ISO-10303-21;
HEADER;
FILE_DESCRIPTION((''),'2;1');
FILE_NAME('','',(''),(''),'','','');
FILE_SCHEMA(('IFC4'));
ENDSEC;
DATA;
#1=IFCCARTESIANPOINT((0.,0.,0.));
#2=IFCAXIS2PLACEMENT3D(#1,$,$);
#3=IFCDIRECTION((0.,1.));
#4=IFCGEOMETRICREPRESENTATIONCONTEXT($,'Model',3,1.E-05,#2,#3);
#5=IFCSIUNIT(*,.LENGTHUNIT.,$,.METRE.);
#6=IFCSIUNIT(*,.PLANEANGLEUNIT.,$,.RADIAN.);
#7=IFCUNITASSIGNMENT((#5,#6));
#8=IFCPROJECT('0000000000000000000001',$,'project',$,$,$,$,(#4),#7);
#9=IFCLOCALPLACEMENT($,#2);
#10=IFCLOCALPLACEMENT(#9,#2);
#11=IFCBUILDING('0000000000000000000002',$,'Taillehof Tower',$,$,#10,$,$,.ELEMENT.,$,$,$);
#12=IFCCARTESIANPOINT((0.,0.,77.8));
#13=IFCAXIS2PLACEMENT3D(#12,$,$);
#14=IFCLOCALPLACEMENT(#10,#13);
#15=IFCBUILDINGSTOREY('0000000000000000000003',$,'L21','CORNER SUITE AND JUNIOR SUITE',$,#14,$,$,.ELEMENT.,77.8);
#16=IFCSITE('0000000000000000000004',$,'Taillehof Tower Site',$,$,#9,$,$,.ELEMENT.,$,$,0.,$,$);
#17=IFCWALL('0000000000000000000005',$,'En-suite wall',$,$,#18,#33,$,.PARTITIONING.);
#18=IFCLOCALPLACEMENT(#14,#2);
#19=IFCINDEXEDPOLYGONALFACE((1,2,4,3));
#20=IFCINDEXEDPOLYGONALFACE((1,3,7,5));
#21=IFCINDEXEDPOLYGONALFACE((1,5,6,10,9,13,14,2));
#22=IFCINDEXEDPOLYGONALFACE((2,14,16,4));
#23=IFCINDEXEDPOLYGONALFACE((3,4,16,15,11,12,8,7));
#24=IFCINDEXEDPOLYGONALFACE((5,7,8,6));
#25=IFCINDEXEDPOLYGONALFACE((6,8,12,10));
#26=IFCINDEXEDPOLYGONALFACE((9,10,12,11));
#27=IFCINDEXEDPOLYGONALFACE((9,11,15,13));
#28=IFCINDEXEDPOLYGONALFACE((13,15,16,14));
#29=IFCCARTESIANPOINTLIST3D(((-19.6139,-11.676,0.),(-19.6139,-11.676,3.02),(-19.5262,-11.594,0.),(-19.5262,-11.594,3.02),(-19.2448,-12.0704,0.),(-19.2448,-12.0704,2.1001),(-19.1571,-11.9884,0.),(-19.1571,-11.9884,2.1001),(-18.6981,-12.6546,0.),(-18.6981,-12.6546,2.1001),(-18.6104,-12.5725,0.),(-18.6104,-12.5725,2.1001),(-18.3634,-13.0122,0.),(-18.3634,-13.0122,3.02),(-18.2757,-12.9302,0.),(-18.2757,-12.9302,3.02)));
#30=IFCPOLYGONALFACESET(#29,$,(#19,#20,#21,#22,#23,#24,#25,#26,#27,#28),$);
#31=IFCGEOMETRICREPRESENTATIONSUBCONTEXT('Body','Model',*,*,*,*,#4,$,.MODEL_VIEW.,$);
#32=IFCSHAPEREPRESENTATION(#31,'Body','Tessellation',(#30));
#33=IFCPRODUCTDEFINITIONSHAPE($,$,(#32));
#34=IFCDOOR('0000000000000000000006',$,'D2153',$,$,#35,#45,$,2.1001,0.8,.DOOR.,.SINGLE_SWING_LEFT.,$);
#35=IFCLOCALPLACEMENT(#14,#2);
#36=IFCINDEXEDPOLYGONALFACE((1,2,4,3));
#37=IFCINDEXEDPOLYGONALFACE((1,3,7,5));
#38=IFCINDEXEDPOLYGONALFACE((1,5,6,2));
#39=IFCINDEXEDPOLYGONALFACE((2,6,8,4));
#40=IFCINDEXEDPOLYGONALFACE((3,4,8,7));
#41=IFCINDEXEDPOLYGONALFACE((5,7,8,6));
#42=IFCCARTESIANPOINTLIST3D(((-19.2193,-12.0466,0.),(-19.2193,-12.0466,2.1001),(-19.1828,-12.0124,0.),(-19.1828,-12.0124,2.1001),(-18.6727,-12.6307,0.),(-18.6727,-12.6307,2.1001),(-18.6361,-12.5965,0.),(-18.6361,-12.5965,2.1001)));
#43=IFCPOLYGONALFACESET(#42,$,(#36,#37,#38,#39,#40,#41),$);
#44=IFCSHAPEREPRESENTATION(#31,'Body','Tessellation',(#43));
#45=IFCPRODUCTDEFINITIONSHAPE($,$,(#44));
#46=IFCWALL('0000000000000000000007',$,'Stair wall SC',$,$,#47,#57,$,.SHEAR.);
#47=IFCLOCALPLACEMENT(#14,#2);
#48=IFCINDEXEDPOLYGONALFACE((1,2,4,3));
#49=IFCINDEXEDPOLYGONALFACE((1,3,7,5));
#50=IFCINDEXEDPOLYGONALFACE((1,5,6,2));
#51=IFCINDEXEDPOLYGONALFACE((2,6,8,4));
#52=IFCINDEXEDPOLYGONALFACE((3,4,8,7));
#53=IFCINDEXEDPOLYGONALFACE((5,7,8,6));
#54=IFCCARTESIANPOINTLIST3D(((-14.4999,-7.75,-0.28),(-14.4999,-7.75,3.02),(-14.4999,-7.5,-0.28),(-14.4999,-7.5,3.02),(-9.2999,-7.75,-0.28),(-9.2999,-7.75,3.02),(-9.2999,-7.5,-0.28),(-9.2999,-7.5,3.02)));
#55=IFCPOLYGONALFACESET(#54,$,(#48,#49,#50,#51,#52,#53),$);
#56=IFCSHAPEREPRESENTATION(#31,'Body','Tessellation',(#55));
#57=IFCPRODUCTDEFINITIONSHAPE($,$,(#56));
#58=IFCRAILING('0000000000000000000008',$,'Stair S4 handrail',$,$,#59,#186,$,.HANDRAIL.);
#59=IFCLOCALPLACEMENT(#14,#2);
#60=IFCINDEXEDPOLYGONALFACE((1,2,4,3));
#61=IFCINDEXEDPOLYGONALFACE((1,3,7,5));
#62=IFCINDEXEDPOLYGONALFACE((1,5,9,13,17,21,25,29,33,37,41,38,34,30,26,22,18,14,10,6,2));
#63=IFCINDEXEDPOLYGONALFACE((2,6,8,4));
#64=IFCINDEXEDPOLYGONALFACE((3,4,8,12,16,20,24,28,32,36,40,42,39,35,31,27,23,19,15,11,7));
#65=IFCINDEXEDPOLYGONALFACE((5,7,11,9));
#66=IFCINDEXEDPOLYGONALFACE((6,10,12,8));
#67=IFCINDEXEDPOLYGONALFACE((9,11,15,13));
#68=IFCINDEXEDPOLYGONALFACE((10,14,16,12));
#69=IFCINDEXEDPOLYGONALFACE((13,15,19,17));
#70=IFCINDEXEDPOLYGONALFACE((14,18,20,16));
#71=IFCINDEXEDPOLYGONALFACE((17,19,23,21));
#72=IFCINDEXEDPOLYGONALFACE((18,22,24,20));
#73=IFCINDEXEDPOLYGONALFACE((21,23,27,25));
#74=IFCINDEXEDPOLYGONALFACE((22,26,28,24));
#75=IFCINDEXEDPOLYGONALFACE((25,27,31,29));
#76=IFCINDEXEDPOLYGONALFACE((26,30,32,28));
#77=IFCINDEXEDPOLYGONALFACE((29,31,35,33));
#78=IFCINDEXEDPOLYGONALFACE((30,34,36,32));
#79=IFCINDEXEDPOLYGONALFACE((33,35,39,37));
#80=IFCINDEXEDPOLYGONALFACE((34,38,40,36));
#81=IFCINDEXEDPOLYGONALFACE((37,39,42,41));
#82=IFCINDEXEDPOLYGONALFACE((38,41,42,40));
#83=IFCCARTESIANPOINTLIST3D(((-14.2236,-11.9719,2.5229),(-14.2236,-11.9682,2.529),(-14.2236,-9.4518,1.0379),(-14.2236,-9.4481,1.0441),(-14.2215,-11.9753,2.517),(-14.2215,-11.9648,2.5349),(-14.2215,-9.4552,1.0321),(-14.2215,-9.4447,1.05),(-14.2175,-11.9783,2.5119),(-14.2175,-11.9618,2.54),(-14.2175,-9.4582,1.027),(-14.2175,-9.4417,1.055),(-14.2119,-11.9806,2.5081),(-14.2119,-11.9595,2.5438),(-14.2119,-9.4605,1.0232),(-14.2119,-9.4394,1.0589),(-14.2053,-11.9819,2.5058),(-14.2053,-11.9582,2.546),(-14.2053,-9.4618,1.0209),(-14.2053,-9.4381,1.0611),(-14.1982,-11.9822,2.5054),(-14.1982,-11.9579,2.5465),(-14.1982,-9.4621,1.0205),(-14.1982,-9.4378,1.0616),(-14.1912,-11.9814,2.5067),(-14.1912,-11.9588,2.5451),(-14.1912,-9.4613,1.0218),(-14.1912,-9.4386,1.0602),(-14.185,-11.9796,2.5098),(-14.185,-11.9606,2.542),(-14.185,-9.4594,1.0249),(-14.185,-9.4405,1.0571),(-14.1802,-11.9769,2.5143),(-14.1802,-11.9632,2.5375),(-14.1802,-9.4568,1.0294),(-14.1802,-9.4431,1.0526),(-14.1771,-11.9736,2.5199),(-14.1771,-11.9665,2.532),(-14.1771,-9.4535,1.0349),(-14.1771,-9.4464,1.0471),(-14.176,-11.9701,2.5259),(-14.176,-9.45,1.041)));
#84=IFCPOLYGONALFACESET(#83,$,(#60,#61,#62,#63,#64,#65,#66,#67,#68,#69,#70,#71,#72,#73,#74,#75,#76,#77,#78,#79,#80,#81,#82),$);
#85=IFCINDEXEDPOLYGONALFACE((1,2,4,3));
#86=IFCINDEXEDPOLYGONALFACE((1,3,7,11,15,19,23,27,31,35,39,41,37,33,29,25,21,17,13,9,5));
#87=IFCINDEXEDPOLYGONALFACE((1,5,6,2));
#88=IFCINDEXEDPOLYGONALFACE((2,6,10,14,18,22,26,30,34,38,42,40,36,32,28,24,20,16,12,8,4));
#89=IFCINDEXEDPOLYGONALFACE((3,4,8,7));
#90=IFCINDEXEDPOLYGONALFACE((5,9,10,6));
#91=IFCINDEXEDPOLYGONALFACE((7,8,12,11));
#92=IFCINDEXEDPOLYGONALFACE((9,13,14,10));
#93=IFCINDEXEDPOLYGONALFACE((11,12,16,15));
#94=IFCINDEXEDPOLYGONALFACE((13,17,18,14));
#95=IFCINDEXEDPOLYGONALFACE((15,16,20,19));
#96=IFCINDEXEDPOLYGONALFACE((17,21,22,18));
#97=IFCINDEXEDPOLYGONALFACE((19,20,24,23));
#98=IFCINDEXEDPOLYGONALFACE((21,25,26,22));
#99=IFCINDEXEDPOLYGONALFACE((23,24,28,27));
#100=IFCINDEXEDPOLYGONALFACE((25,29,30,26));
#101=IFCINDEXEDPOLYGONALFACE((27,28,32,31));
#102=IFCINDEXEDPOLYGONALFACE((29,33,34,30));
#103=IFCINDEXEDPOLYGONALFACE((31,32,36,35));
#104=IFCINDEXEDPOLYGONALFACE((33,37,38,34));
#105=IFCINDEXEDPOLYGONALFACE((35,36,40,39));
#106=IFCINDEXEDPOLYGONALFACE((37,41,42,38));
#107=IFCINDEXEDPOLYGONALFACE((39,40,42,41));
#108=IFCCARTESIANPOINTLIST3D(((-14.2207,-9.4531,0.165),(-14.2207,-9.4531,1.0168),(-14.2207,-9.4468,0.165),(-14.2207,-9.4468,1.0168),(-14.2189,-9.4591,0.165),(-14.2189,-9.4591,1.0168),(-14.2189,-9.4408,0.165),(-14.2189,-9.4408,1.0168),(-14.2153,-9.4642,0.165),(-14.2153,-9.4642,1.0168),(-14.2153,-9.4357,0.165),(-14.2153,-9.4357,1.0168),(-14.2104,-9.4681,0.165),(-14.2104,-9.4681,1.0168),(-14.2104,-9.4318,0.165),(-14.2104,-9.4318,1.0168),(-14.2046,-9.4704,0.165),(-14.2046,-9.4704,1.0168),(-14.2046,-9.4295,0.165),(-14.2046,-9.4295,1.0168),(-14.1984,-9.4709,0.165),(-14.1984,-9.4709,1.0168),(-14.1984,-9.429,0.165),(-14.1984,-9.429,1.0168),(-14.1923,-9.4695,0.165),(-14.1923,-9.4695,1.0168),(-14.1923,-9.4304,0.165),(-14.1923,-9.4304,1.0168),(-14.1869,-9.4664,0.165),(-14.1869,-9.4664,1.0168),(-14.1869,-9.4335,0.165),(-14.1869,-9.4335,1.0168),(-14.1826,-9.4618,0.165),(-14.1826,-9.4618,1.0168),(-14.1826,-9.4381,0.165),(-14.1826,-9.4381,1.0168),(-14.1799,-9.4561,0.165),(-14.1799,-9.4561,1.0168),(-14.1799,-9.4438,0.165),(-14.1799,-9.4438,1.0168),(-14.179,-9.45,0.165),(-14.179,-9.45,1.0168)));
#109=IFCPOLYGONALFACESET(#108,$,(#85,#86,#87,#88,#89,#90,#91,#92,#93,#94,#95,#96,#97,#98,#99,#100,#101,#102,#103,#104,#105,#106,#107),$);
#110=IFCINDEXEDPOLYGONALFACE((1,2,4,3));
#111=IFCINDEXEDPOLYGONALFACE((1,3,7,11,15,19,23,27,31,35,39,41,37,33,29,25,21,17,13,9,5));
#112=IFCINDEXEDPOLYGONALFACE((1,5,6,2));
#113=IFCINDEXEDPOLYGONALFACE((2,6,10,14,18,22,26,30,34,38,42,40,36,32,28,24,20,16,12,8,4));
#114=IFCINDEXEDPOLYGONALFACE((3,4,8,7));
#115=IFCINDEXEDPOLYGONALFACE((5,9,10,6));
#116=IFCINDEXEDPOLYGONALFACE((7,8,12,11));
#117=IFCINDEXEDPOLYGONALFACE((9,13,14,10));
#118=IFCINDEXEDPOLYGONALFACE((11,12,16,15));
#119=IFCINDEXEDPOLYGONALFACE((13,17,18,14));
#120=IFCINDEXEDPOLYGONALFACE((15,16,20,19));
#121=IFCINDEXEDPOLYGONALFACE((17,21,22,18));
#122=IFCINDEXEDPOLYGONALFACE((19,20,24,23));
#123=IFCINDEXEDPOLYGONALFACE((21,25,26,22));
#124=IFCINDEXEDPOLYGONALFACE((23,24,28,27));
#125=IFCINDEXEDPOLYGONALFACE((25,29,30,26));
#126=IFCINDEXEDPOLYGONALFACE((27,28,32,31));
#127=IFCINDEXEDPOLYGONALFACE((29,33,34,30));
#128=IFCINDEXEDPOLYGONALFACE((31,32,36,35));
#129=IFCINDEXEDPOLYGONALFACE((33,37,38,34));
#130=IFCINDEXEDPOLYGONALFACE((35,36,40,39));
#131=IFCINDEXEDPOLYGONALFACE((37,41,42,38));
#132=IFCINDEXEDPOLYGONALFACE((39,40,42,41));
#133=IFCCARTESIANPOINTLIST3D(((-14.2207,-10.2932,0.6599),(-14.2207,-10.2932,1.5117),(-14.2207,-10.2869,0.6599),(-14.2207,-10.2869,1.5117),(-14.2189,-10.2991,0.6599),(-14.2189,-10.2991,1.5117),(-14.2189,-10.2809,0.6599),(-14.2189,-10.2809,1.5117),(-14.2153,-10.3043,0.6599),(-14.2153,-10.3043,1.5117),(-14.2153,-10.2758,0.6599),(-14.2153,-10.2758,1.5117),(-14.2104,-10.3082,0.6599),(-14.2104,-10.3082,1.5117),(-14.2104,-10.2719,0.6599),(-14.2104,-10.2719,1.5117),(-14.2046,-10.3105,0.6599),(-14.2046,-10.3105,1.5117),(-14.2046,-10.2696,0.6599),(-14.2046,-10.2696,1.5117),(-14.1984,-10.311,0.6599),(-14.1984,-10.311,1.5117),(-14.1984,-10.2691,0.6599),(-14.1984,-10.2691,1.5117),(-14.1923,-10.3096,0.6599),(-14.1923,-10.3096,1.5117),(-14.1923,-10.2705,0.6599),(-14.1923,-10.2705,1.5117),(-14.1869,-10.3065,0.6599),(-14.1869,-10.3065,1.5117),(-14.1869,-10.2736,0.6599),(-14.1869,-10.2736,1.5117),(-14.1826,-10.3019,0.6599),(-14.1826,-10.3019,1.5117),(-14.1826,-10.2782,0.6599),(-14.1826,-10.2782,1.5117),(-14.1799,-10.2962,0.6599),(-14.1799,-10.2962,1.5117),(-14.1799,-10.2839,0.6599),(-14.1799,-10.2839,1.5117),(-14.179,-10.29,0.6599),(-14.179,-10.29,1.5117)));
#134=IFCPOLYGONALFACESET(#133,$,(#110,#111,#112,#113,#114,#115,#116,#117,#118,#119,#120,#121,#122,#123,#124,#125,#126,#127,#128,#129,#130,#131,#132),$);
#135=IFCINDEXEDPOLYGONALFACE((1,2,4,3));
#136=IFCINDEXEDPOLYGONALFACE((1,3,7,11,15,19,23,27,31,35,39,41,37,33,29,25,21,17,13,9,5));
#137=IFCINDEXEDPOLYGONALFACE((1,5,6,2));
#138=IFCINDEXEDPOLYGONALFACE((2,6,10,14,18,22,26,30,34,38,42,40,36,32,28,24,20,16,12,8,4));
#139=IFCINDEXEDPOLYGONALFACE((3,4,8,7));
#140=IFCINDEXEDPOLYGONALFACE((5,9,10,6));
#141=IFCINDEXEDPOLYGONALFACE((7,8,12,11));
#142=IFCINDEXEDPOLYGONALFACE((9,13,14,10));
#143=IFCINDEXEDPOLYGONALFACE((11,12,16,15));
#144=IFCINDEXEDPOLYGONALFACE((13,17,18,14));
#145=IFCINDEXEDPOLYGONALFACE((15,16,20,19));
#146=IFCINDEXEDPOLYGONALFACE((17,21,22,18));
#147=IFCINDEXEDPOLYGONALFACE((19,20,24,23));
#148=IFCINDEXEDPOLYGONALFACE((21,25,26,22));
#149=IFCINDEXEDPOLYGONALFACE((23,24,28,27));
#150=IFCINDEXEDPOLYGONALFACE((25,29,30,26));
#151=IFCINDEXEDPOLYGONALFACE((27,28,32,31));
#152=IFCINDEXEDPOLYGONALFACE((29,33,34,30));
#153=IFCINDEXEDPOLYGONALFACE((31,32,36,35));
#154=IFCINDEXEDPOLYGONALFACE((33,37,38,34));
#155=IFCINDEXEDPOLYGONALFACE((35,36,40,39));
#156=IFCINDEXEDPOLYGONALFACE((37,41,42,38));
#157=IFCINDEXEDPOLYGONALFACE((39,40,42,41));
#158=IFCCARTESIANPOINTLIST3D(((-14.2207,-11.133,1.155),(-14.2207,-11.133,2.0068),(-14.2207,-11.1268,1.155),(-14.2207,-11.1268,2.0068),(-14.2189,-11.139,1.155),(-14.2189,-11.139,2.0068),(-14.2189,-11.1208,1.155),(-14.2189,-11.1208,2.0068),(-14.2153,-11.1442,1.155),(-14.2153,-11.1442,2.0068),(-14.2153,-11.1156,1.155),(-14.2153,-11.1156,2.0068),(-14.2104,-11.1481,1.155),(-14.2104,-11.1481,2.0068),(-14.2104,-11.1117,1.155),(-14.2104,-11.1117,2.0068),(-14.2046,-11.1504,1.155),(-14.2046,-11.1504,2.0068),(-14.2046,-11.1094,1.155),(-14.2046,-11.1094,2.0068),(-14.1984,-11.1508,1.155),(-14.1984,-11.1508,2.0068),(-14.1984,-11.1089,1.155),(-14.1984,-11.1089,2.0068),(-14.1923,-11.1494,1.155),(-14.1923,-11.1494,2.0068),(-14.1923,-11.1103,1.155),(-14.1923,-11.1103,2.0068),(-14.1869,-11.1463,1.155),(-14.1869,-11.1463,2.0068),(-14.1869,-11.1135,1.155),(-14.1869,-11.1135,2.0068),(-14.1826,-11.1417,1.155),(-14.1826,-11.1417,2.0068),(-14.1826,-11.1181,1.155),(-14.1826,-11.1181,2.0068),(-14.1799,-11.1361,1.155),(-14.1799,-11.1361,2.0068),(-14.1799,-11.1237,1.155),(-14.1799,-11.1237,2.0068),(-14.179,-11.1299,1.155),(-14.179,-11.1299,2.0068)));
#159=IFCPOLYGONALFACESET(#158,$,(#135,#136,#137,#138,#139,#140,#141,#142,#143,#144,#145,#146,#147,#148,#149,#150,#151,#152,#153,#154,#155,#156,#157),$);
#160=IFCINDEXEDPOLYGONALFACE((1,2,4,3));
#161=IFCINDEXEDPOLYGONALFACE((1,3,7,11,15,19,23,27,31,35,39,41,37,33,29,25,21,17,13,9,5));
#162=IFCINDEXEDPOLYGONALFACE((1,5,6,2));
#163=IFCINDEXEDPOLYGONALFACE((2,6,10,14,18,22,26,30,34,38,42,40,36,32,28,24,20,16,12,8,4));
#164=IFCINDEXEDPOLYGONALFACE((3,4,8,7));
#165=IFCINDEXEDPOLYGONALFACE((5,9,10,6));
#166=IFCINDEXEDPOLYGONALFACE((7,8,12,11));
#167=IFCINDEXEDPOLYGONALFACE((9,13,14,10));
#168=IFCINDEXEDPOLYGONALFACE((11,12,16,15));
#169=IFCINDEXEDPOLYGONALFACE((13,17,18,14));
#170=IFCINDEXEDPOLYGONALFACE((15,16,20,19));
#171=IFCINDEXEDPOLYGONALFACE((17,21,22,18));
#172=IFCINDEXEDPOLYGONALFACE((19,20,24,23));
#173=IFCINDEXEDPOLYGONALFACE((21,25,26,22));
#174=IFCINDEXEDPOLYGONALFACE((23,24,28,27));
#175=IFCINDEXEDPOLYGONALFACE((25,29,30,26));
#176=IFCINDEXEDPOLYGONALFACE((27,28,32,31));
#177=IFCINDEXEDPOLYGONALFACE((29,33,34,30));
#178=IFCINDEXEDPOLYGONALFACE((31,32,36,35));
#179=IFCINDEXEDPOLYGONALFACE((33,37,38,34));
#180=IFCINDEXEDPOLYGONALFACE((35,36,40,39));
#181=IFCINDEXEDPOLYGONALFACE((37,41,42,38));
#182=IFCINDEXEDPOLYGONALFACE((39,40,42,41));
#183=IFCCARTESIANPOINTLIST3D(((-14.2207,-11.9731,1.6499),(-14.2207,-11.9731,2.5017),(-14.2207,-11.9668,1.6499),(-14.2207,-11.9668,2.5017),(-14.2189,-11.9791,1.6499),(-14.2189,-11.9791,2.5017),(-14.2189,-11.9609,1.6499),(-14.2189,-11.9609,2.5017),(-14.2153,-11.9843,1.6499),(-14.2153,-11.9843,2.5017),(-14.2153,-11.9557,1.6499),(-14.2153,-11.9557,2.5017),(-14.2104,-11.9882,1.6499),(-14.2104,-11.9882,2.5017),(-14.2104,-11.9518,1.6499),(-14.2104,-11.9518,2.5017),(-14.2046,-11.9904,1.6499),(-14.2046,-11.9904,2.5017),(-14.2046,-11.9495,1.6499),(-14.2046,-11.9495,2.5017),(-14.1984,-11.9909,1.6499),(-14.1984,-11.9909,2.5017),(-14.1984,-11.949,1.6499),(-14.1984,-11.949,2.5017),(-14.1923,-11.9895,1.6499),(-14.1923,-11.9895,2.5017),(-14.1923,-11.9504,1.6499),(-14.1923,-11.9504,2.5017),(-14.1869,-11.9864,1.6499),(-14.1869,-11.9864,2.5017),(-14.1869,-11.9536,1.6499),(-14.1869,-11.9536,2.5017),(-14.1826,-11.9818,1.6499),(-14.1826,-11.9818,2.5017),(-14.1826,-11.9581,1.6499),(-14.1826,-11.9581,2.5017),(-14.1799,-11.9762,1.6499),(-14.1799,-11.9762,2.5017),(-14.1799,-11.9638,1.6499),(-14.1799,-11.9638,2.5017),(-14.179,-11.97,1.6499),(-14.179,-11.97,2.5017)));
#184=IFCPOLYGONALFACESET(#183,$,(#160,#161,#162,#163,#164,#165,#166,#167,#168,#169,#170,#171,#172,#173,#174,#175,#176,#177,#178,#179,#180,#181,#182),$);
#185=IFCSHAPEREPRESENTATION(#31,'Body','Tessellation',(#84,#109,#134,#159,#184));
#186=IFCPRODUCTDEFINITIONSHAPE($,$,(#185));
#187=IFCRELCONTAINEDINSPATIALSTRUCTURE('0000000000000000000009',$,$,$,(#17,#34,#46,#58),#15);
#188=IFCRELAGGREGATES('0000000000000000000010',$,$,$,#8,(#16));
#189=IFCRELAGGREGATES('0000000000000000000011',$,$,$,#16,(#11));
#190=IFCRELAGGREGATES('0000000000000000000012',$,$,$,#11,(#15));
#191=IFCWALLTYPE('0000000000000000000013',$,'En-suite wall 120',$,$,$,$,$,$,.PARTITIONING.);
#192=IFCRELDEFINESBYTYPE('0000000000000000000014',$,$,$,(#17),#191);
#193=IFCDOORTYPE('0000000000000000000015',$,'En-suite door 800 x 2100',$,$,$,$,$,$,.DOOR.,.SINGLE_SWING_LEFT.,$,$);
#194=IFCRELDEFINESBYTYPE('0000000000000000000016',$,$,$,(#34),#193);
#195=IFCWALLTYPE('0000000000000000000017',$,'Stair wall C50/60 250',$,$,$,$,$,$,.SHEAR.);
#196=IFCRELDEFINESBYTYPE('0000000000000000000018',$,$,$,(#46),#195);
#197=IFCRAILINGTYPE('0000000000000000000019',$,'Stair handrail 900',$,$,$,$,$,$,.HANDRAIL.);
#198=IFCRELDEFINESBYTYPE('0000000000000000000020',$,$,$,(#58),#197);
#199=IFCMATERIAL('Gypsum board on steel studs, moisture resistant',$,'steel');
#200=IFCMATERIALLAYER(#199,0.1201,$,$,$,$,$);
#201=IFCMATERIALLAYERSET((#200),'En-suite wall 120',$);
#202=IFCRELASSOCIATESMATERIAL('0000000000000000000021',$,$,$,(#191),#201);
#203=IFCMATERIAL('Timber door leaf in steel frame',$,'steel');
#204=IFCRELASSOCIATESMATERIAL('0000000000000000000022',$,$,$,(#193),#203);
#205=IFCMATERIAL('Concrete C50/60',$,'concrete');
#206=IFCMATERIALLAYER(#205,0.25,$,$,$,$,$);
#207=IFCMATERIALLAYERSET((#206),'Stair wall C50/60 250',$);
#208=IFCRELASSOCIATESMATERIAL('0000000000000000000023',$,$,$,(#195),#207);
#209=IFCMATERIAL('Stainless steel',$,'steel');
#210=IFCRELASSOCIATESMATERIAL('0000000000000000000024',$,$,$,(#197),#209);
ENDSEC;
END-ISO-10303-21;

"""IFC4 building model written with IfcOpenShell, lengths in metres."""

from ifc_helpers import new_model, si_unit, direction, frame, frame_2d, origin, origin_2d, place, context, subcontext, project, spatial, rectangle, circle, extrude, material, layer, layer_set, type_object, element, fill, save


model = new_model("IFC4")

# Units and contexts
model_context = context("Model", 3, precision=1e-05, world=origin(), true_north=direction((0.0, 1.0)))
body_context = subcontext(model_context, "Body", "Model", "MODEL_VIEW")
ifc_project = project(units=[si_unit("LENGTHUNIT", "METRE"), si_unit("PLANEANGLEUNIT", "RADIAN")], contexts=[model_context])

# Site, building, storey
site_placement = place(None, origin())
site = spatial("IfcSite", under=ifc_project, at=site_placement, Name="Taillehof Tower Site", CompositionType="ELEMENT", RefElevation=0.0)
building_placement = place(site_placement, origin())
building = spatial("IfcBuilding", under=site, at=building_placement, Name="Taillehof Tower", CompositionType="ELEMENT")
storey_placement = place(building_placement, frame((0.0, 0.0, 77.8)))
storey = spatial("IfcBuildingStorey", under=building, at=storey_placement, Name="L21", Description="CORNER SUITE AND JUNIOR SUITE", CompositionType="ELEMENT", Elevation=77.8)

# Shared definitions
ifc_material_1 = material(Name="Gypsum board on steel studs, moisture resistant", Category="steel")
ifc_layer_1 = layer(ifc_material_1, 0.1201)
ifc_layer_set_1 = layer_set([ifc_layer_1], Name="En-suite wall 120")
wall_type_1 = type_object("IfcWallType", Name="En-suite wall 120", PredefinedType="PARTITIONING", material=ifc_layer_set_1)

# Wall, opening, door
ifc_material_2 = material(Name="Timber door leaf in steel frame", Category="steel")
door_type_1 = type_object("IfcDoorType", Name="En-suite door 800 x 2100", OperationType="SINGLE_SWING_LEFT", PredefinedType="DOOR", material=ifc_material_2)
wall_1_placement = place(storey_placement, frame((-19.5701, -11.635, 0.0), z_axis=(0.0, 0.0, 1.0), x_axis=(0.683306, -0.730132, 0.0)))
wall_1 = element("IfcWall", 1, at=wall_1_placement, inside=storey, type_object=wall_type_1, Name="En-suite wall", PredefinedType="PARTITIONING", context=body_context, shape_type="SweptSolid", body=[
    extrude(rectangle(XDim=1.8301, YDim=0.1201, at=frame_2d((0.915, 0.0))), origin(), (0.0, 0.0, 1.0), 3.02),
])
opening_1_placement = place(wall_1_placement, frame((0.5403, 0.0, 0.0)))
opening_1 = element("IfcOpeningElement", 2, at=opening_1_placement, cuts=wall_1, PredefinedType="OPENING", context=body_context, shape_type="SweptSolid", body=[
    extrude(rectangle(XDim=0.8, YDim=2.1001, at=frame_2d((0.3999, 1.05))), frame((0.0, 0.0701, 0.0), z_axis=(0.0, -1.0, 0.0), x_axis=(1.0, 0.0, 0.0)), (0.0, 0.0, 1.0), 0.1401),
])
door_1_placement = place(opening_1_placement, origin())
door_1 = element("IfcDoor", 3, at=door_1_placement, inside=storey, type_object=door_type_1, Name="D2153", OperationType="SINGLE_SWING_LEFT", OverallHeight=2.1001, OverallWidth=0.8, PredefinedType="DOOR", context=body_context, shape_type="SweptSolid", body=[
    extrude(rectangle(XDim=0.8, YDim=2.1001, at=frame_2d((0.3999, 1.05))), frame((0.0, 0.0249, 0.0), z_axis=(0.0, -1.0, 0.0), x_axis=(1.0, 0.0, 0.0)), (0.0, 0.0, 1.0), 0.05),
])
fill(opening_1, door_1)

# Wall
ifc_material_3 = material(Name="Concrete C50/60", Category="concrete")
ifc_layer_2 = layer(ifc_material_3, 0.25)
ifc_layer_set_2 = layer_set([ifc_layer_2], Name="Stair wall C50/60 250")
wall_type_2 = type_object("IfcWallType", Name="Stair wall C50/60 250", PredefinedType="SHEAR", material=ifc_layer_set_2)
wall_2_placement = place(storey_placement, frame((-14.5, -7.625, -0.28), z_axis=(0.0, 0.0, 1.0), x_axis=(1.0, 0.0, 0.0)))
element("IfcWall", 4, at=wall_2_placement, inside=storey, type_object=wall_type_2, Name="Stair wall SC", PredefinedType="SHEAR", context=body_context, shape_type="SweptSolid", body=[
    extrude(rectangle(XDim=5.2, YDim=0.25, at=frame_2d((2.6001, 0.0))), origin(), (0.0, 0.0, 1.0), 3.3),
])

# Railing
ifc_material_4 = material(Name="Stainless steel", Category="steel")
railing_type = type_object("IfcRailingType", Name="Stair handrail 900", PredefinedType="HANDRAIL", material=ifc_material_4)
railing_placement = place(storey_placement, frame((-14.2, -9.45, 0.165)))
element("IfcRailing", 5, at=railing_placement, inside=storey, type_object=railing_type, Name="Stair S4 handrail", PredefinedType="HANDRAIL", context=body_context, shape_type="SweptSolid", body=[
    extrude(circle(Radius=0.0239, at=origin_2d()), frame((0.0, 0.0, 0.876), z_axis=(0.0, -0.861561, 0.507655), x_axis=(1.0, 0.0, 0.0)), (0.0, 0.0, 1.0), 2.925),
    extrude(circle(Radius=0.021, at=origin_2d()), origin(), (0.0, 0.0, 1.0), 0.8518),
    extrude(circle(Radius=0.021, at=origin_2d()), frame((0.0, -0.8401, 0.4949)), (0.0, 0.0, 1.0), 0.8518),
    extrude(circle(Radius=0.021, at=origin_2d()), frame((0.0, -1.6799, 0.99)), (0.0, 0.0, 1.0), 0.8518),
    extrude(circle(Radius=0.021, at=origin_2d()), frame((0.0, -2.52, 1.4849)), (0.0, 0.0, 1.0), 0.8518),
])

save(model, "model.ifc")
